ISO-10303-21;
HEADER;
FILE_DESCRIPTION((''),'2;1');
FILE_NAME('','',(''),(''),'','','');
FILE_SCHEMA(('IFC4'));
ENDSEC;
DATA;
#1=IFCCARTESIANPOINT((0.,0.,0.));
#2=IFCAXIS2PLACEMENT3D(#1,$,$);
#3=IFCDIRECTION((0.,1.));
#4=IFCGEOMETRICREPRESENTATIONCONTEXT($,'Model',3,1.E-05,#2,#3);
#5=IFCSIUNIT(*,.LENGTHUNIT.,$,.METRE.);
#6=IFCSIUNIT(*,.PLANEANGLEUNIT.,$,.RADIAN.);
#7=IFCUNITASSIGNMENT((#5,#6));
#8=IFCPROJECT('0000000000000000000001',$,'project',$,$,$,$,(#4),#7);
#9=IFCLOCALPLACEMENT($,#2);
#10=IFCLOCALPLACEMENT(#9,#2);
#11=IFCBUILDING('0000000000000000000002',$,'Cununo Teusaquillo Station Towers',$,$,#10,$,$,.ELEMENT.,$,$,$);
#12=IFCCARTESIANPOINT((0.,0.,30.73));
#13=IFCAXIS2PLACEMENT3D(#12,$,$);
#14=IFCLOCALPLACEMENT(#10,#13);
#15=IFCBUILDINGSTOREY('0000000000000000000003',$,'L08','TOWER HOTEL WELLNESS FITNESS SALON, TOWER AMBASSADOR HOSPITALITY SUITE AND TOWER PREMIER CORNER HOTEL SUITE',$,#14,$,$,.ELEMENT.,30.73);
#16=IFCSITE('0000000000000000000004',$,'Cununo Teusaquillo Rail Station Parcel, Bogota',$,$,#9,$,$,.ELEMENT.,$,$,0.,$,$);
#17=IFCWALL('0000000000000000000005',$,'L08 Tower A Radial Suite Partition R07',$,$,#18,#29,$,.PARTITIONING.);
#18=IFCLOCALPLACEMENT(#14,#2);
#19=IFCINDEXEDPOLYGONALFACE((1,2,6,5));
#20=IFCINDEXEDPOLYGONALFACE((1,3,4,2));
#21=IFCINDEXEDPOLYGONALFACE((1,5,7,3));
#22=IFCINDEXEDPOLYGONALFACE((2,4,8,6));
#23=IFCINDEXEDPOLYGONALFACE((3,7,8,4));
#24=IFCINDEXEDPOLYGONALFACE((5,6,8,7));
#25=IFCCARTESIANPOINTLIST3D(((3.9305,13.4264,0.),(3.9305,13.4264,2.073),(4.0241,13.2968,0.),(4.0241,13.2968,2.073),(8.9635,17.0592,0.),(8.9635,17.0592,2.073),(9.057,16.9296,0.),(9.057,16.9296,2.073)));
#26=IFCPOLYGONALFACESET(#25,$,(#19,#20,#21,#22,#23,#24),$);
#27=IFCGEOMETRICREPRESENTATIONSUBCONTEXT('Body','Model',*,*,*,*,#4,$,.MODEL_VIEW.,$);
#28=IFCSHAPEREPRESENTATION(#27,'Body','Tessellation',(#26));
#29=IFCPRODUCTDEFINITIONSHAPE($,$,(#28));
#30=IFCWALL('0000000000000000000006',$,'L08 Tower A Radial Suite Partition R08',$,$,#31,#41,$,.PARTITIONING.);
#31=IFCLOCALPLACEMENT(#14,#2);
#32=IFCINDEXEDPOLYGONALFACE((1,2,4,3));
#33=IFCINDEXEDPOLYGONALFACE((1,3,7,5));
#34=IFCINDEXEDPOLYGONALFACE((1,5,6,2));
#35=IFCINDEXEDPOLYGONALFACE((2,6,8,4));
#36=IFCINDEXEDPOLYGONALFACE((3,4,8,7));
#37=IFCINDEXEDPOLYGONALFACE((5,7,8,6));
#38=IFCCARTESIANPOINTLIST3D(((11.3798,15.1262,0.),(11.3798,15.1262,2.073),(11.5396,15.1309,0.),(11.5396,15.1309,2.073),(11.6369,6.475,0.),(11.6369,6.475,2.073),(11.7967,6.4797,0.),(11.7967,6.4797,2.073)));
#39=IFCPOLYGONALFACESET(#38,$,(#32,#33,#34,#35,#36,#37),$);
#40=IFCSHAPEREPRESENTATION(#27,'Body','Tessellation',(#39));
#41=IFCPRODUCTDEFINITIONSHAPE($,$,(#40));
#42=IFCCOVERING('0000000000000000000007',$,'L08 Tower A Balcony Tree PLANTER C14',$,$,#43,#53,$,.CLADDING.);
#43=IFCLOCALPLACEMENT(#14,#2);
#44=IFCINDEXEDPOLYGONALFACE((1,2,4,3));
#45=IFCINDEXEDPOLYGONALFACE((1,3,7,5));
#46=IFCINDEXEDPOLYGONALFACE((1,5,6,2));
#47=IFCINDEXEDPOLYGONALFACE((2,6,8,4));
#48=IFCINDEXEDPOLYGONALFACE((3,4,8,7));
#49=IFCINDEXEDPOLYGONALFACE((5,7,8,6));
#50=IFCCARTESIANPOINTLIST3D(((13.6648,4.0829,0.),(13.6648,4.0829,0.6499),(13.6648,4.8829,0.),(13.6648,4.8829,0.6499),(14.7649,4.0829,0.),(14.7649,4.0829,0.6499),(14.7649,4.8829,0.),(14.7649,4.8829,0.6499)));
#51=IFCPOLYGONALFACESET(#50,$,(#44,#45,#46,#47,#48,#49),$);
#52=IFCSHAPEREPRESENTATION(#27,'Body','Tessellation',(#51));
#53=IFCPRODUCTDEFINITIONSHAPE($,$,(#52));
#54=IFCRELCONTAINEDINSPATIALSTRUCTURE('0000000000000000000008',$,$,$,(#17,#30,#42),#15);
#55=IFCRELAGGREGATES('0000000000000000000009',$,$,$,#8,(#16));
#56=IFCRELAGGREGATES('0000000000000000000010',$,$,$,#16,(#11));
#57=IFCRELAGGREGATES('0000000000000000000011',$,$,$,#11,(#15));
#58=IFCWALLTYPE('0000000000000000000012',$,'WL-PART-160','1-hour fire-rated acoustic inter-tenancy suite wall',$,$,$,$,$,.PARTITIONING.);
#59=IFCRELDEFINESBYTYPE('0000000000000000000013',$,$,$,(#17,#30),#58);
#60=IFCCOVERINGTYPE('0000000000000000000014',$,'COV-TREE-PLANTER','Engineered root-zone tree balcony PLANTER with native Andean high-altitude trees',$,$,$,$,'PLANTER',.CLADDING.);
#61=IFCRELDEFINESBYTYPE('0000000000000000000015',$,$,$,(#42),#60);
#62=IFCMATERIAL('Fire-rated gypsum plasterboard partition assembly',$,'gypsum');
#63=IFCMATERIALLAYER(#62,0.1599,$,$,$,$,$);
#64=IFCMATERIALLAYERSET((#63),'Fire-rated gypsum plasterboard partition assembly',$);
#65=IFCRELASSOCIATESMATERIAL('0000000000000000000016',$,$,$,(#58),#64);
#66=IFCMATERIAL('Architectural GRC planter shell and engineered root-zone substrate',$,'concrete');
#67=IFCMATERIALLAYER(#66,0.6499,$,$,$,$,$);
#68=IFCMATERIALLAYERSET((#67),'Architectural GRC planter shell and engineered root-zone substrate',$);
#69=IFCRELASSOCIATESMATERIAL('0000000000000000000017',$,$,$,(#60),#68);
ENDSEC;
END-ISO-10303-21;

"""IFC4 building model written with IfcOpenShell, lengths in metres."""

from ifc_helpers import new_model, si_unit, direction, frame, frame_2d, origin, origin_2d, place, context, subcontext, project, spatial, rectangle, extrude, source, transform, mapped, material, layer, layer_set, type_object, element, save


model = new_model("IFC4")

# Units and contexts
model_context = context("Model", 3, precision=1e-05, world=origin(), true_north=direction((0.0, 1.0)))
body_context = subcontext(model_context, "Body", "Model", "MODEL_VIEW")
ifc_project = project(units=[si_unit("LENGTHUNIT", "METRE"), si_unit("PLANEANGLEUNIT", "RADIAN")], contexts=[model_context])

# Site, building, storey
site_placement = place(None, origin())
site = spatial("IfcSite", under=ifc_project, at=site_placement, Name="Cununo Teusaquillo Rail Station Parcel, Bogota", CompositionType="ELEMENT", RefElevation=0.0)
building_placement = place(site_placement, origin())
building = spatial("IfcBuilding", under=site, at=building_placement, Name="Cununo Teusaquillo Station Towers", CompositionType="ELEMENT")
storey_placement = place(building_placement, frame((0.0, 0.0, 30.73)))
storey = spatial("IfcBuildingStorey", under=building, at=storey_placement, Name="L08", Description="TOWER HOTEL WELLNESS FITNESS SALON, TOWER AMBASSADOR HOSPITALITY SUITE AND TOWER PREMIER CORNER HOTEL SUITE", CompositionType="ELEMENT", Elevation=30.73)

# Walls
ifc_material_1 = material(Name="Fire-rated gypsum plasterboard partition assembly", Category="gypsum")
ifc_layer_1 = layer(ifc_material_1, 0.1599)
ifc_layer_set_1 = layer_set([ifc_layer_1], Name="Fire-rated gypsum plasterboard partition assembly")
wall_type_1 = type_object("IfcWallType", Name="WL-PART-160", Description="1-hour fire-rated acoustic inter-tenancy suite wall", PredefinedType="PARTITIONING", material=ifc_layer_set_1)
wall_1_placement = place(storey_placement, frame((9.0103, 16.9944, 0.0), z_axis=(0.0, 0.0, 1.0), x_axis=(-0.81084, -0.585268, 0.0)))
element("IfcWall", 1, at=wall_1_placement, inside=storey, type_object=wall_type_1, Name="L08 Tower A Radial Suite Partition R07", PredefinedType="PARTITIONING", context=body_context, shape_type="SweptSolid", body=[
    extrude(rectangle(XDim=6.207, YDim=0.1599, at=frame_2d((3.1035, 0.0))), origin(), (0.0, 0.0, 1.0), 2.073),
])
wall_2_placement = place(storey_placement, frame((11.4597, 15.1287, 0.0), z_axis=(0.0, 0.0, 1.0), x_axis=(0.029703, -0.999559, 0.0)))
element("IfcWall", 2, at=wall_2_placement, inside=storey, type_object=wall_type_1, Name="L08 Tower A Radial Suite Partition R08", PredefinedType="PARTITIONING", context=body_context, shape_type="SweptSolid", body=[
    extrude(rectangle(XDim=8.655, YDim=0.1599, at=frame_2d((4.3276, 0.0))), origin(), (0.0, 0.0, 1.0), 2.073),
])

# Covering
ifc_material_2 = material(Name="Architectural GRC planter shell and engineered root-zone substrate", Category="concrete")
ifc_layer_2 = layer(ifc_material_2, 0.6499)
ifc_layer_set_2 = layer_set([ifc_layer_2], Name="Architectural GRC planter shell and engineered root-zone substrate")
covering_type = type_object("IfcCoveringType", Name="COV-TREE-PLANTER", Description="Engineered root-zone tree balcony PLANTER with native Andean high-altitude trees", ElementType="PLANTER", PredefinedType="CLADDING", material=ifc_layer_set_2)
shared_shape_1 = source(origin(), body_context, "Body", "SweptSolid", [
    extrude(rectangle(XDim=1.1001, YDim=0.8, at=origin_2d()), origin(), (0.0, 0.0, 1.0), 0.6499),
])
covering_placement = place(storey_placement, frame((14.2148, 4.4829, 0.0), z_axis=(0.0, 0.0, 1.0), x_axis=(1.0, 0.0, 0.0)))
element("IfcCovering", 3, at=covering_placement, inside=storey, type_object=covering_type, Name="L08 Tower A Balcony Tree PLANTER C14", PredefinedType="CLADDING", context=body_context, shape_type="MappedRepresentation", body=[
    mapped(shared_shape_1, transform((0.0, 0.0, 0.0), x_axis=(1.0, 0.0, 0.0), y_axis=(0.0, 1.0, 0.0), z_axis=(0.0, 0.0, 1.0), scale=1.0)),
])

save(model, "model.ifc")
